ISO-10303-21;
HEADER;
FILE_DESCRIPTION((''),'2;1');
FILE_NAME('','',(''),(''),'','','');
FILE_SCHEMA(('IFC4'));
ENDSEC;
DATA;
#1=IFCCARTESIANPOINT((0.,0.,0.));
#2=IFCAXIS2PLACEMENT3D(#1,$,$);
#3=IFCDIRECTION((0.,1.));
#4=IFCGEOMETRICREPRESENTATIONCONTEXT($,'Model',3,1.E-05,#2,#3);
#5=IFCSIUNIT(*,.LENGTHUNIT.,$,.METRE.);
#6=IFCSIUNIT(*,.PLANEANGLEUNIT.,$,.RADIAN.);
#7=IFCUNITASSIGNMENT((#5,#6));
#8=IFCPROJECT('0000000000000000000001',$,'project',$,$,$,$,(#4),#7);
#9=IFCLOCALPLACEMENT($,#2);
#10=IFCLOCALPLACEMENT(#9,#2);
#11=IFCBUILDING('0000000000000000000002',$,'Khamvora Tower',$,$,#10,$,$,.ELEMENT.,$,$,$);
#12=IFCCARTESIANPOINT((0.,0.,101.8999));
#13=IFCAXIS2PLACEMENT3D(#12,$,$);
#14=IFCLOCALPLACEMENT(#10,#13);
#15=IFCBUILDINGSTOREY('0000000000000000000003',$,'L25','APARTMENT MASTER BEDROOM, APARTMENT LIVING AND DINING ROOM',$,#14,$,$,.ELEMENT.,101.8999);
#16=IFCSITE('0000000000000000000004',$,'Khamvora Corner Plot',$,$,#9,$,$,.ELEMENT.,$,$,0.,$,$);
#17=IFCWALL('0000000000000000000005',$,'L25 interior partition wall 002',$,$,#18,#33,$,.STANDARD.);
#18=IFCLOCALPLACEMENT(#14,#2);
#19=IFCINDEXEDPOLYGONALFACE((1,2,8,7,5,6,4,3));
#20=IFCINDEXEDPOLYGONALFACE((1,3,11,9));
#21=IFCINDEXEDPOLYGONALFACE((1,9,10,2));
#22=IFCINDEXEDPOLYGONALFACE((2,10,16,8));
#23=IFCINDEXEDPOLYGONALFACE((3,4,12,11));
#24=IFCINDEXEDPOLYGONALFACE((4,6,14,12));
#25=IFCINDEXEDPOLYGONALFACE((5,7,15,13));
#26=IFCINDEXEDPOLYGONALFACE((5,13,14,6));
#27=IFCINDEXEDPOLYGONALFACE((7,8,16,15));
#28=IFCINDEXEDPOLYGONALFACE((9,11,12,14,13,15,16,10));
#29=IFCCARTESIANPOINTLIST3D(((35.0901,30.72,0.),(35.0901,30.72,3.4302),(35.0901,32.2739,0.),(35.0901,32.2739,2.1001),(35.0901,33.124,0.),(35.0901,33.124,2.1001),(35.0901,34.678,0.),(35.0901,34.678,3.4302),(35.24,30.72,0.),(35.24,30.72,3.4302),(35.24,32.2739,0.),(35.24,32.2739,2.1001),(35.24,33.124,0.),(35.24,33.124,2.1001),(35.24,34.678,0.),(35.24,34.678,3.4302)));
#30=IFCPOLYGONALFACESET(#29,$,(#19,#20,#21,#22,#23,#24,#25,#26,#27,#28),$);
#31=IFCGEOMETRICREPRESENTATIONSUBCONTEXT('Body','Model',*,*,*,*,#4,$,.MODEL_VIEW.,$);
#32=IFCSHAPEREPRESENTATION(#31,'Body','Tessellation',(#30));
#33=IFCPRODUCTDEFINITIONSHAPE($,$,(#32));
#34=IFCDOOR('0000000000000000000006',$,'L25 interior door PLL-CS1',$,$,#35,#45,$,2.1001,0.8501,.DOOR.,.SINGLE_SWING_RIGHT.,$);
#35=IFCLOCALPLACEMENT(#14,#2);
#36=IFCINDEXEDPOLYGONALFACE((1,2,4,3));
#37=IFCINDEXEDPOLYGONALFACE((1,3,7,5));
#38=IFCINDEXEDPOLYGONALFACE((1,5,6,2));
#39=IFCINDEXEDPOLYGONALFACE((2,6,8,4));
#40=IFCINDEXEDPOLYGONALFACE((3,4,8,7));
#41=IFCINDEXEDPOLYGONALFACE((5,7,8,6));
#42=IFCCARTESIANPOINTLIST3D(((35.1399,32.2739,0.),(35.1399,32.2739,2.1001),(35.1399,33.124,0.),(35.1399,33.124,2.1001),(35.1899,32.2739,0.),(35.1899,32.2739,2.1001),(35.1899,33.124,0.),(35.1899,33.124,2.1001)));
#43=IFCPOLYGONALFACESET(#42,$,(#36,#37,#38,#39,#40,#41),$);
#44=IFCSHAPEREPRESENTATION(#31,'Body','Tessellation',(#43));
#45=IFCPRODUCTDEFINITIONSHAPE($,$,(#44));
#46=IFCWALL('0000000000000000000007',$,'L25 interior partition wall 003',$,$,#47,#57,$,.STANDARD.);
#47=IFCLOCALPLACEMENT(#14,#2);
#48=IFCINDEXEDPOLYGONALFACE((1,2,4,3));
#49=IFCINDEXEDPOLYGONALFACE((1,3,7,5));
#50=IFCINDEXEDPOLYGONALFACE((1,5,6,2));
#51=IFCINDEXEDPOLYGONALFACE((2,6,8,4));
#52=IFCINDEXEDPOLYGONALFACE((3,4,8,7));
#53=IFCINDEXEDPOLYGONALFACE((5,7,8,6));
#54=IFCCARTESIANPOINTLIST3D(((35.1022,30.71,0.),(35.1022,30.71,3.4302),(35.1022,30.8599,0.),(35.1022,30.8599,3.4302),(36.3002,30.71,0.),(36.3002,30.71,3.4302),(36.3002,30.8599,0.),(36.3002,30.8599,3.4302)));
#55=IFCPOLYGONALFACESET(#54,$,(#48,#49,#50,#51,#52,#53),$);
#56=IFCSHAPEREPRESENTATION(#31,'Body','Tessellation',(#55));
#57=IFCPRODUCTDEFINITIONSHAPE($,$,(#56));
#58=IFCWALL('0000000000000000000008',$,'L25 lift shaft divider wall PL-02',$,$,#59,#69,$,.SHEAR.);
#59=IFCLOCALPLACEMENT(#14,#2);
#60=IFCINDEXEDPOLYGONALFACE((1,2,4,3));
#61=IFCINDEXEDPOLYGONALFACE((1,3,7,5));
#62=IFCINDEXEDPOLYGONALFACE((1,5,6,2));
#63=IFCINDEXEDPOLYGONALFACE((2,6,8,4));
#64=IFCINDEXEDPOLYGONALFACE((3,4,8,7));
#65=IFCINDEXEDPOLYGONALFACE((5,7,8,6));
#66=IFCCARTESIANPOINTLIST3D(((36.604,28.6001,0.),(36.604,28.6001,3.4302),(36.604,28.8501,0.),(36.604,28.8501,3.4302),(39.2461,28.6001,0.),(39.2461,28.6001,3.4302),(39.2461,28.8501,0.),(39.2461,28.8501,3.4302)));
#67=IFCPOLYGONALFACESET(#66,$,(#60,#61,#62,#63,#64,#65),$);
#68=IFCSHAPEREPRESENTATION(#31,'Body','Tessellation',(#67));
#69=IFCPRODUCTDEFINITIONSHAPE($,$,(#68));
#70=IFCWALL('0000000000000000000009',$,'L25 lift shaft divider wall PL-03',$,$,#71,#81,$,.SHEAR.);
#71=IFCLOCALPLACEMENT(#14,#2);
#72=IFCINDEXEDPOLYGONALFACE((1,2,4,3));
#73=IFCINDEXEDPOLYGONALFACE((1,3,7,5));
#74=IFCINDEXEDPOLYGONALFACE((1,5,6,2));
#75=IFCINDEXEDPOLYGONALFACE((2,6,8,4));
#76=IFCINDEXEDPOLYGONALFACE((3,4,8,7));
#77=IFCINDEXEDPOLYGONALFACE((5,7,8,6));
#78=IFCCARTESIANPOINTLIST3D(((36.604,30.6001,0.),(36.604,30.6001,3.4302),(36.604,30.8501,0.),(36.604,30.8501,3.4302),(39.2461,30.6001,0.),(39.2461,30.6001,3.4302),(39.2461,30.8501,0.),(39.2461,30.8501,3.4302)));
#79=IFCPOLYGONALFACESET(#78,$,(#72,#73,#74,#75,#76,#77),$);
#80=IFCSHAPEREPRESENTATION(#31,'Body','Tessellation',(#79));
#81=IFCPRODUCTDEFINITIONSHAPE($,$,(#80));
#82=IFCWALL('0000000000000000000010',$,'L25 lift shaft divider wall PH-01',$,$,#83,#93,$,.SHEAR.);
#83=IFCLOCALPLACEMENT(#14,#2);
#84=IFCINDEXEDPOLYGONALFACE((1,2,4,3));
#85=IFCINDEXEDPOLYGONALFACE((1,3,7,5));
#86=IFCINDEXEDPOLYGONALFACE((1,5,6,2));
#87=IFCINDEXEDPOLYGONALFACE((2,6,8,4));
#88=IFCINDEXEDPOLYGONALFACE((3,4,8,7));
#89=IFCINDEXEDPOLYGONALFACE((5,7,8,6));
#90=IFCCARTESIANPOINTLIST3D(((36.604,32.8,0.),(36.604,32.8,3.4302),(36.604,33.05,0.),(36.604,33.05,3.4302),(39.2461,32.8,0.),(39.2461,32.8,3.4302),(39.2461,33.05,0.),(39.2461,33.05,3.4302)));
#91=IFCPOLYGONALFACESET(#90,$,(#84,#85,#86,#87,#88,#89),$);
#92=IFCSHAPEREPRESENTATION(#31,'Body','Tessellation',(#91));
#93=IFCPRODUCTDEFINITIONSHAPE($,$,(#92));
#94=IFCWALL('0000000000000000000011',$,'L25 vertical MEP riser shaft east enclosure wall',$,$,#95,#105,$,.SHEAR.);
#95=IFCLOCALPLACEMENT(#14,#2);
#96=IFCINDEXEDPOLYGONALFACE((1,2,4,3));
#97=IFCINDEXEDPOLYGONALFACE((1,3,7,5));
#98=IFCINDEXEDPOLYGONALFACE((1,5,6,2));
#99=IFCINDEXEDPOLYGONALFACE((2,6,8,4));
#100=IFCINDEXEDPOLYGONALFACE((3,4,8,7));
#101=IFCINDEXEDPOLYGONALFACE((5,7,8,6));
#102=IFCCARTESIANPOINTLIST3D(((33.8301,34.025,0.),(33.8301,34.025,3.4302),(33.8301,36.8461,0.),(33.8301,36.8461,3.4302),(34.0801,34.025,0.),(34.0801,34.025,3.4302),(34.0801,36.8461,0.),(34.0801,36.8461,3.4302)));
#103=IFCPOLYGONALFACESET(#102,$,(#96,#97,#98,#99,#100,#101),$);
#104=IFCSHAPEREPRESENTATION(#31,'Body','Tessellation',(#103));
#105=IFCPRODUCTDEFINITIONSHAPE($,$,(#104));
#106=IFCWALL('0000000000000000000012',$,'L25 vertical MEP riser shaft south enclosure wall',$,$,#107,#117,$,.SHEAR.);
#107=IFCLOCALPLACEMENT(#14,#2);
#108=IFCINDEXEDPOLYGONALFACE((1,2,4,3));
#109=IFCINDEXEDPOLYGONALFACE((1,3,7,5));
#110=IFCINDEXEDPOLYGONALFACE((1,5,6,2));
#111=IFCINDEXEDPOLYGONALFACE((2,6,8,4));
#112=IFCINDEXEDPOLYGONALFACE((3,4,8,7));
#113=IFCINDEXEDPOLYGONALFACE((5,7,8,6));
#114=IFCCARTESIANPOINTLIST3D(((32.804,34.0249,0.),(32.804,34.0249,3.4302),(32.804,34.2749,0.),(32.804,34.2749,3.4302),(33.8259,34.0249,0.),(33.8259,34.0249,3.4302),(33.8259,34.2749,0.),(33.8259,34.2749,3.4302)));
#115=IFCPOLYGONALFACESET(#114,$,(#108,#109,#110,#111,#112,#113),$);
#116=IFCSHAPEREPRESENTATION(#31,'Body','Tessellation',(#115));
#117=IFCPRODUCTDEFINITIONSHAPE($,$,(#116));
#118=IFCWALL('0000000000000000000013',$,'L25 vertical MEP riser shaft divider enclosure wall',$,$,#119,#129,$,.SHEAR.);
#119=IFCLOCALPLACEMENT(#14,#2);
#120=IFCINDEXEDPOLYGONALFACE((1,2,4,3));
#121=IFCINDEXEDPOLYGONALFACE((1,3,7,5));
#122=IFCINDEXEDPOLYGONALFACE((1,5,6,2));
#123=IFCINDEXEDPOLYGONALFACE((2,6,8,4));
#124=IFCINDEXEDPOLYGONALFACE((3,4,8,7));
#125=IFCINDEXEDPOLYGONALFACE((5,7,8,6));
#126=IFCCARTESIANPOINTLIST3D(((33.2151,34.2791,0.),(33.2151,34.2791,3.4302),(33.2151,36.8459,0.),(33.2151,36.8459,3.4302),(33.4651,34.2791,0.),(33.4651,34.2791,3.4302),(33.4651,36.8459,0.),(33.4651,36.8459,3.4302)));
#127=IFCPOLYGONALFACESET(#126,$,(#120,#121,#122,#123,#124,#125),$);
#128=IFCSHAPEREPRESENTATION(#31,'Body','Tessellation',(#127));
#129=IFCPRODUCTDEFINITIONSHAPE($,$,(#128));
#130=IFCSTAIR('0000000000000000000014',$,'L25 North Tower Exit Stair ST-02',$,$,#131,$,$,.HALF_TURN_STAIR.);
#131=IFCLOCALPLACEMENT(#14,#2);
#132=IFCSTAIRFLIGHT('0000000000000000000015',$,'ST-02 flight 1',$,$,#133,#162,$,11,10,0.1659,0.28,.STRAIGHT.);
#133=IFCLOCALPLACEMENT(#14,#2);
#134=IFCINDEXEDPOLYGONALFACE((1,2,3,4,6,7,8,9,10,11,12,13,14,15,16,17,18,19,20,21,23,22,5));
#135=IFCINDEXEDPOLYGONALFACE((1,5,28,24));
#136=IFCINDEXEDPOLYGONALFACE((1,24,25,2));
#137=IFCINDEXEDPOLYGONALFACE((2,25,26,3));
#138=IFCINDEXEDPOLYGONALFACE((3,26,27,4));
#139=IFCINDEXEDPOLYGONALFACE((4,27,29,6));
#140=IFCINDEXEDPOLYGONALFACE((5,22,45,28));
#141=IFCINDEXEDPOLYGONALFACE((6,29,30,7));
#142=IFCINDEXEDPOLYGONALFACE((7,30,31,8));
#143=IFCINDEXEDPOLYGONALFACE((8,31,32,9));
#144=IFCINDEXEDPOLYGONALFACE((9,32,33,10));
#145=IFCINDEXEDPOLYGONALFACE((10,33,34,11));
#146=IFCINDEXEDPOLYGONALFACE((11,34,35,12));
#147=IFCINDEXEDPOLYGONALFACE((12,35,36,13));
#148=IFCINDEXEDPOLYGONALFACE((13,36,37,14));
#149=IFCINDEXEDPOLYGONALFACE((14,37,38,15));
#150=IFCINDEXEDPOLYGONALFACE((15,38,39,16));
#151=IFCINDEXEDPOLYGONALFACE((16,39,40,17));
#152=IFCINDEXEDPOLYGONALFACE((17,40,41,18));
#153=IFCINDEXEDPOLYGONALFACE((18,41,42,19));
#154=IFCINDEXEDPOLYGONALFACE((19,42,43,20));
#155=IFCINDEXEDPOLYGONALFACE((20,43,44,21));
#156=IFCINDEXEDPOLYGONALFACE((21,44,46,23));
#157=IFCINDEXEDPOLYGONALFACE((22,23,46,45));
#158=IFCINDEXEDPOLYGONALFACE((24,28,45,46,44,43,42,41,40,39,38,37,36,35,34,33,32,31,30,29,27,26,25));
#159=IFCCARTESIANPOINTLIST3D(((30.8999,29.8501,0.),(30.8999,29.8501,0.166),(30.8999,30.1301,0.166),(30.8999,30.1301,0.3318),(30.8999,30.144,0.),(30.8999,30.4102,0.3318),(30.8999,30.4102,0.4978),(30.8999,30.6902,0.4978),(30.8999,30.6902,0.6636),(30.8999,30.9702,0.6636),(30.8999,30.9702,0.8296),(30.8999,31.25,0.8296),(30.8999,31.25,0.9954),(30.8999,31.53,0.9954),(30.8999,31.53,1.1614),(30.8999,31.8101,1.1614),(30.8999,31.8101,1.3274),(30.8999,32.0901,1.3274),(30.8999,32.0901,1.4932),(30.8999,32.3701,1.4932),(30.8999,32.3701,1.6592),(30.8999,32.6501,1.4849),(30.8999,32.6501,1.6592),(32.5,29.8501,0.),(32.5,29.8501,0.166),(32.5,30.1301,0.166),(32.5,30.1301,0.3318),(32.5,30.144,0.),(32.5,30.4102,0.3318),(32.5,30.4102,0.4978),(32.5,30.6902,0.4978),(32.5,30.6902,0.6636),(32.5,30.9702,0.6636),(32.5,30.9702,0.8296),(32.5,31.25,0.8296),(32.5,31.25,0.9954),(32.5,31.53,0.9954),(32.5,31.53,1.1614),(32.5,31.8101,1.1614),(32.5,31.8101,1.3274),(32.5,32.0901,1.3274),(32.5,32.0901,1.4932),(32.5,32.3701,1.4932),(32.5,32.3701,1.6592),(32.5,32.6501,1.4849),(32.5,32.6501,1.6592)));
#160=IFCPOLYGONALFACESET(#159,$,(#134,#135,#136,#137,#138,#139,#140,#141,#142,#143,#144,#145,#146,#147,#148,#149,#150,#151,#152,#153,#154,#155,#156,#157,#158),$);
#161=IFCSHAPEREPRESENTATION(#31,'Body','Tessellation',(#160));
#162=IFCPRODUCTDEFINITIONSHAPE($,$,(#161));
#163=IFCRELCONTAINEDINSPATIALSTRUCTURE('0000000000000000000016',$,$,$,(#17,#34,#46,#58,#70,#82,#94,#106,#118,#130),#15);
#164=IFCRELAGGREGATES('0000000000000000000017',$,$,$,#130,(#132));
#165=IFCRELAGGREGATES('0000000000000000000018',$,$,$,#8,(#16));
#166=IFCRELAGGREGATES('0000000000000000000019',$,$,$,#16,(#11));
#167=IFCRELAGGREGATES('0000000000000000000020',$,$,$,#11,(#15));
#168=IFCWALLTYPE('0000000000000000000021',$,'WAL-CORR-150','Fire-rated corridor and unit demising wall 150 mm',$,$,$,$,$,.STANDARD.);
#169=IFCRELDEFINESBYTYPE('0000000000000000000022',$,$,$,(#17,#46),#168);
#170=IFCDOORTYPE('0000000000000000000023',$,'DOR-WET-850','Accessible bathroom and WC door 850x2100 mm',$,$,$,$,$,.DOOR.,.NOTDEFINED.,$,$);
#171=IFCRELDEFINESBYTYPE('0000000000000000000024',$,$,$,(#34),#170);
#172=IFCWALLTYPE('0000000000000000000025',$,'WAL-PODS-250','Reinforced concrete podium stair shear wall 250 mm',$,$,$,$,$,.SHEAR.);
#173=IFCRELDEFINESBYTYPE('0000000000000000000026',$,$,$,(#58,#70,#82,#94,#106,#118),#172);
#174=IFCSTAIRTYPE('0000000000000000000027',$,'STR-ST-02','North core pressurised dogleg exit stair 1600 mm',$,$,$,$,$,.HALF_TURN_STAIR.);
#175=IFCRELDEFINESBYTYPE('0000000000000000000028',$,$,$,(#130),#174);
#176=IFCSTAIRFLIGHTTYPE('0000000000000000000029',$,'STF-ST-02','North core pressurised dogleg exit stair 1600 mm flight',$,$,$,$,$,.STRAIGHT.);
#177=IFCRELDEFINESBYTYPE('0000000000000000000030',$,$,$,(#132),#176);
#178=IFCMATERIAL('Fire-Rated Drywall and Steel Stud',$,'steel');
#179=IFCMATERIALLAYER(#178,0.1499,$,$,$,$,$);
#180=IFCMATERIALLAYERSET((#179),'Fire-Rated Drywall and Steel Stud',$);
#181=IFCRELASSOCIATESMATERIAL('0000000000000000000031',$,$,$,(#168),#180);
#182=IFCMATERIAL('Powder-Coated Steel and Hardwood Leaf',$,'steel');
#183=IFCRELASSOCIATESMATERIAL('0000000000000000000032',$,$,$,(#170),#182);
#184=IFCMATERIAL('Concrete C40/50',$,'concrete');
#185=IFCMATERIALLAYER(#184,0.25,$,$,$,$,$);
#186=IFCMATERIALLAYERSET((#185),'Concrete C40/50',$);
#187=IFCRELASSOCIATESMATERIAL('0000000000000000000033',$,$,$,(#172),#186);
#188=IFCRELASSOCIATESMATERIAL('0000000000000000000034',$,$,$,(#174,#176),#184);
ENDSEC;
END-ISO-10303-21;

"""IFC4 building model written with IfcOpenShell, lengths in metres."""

from ifc_helpers import new_model, si_unit, direction, frame, frame_2d, origin, place, context, subcontext, project, spatial, polyline, rectangle, outline, extrude, material, layer, layer_set, type_object, element, fill, aggregate, save


model = new_model("IFC4")

# Units and contexts
model_context = context("Model", 3, precision=1e-05, world=origin(), true_north=direction((0.0, 1.0)))
body_context = subcontext(model_context, "Body", "Model", "MODEL_VIEW")
ifc_project = project(units=[si_unit("LENGTHUNIT", "METRE"), si_unit("PLANEANGLEUNIT", "RADIAN")], contexts=[model_context])

# Site, building, storey
site_placement = place(None, origin())
site = spatial("IfcSite", under=ifc_project, at=site_placement, Name="Khamvora Corner Plot", CompositionType="ELEMENT", RefElevation=0.0)
building_placement = place(site_placement, origin())
building = spatial("IfcBuilding", under=site, at=building_placement, Name="Khamvora Tower", CompositionType="ELEMENT")
storey_placement = place(building_placement, frame((0.0, 0.0, 101.8999)))
storey = spatial("IfcBuildingStorey", under=building, at=storey_placement, Name="L25", Description="APARTMENT MASTER BEDROOM, APARTMENT LIVING AND DINING ROOM", CompositionType="ELEMENT", Elevation=101.8999)

# Shared definitions
ifc_material_1 = material(Name="Powder-Coated Steel and Hardwood Leaf", Category="steel")

# Shared definitions
ifc_material_2 = material(Name="Fire-Rated Drywall and Steel Stud", Category="steel")
ifc_layer_1 = layer(ifc_material_2, 0.1499)
ifc_layer_set_1 = layer_set([ifc_layer_1], Name="Fire-Rated Drywall and Steel Stud")
wall_type_1 = type_object("IfcWallType", Name="WAL-CORR-150", Description="Fire-rated corridor and unit demising wall 150 mm", PredefinedType="STANDARD", material=ifc_layer_set_1)

# Wall, opening, door
wall_1_placement = place(storey_placement, frame((35.165, 34.678, 0.0), z_axis=(0.0, 0.0, 1.0), x_axis=(0.0, -1.0, 0.0)))
wall_1 = element("IfcWall", 1, at=wall_1_placement, inside=storey, type_object=wall_type_1, Name="L25 interior partition wall 002", PredefinedType="STANDARD", context=body_context, shape_type="SweptSolid", body=[
    extrude(rectangle(XDim=3.958, YDim=0.1499, at=frame_2d((1.979, 0.0))), origin(), (0.0, 0.0, 1.0), 3.4302),
])
opening_1_placement = place(wall_1_placement, frame((1.554, 0.0, 0.0)))
opening_1 = element("IfcOpeningElement", 2, at=opening_1_placement, cuts=wall_1, PredefinedType="OPENING", context=body_context, shape_type="SweptSolid", body=[
    extrude(rectangle(XDim=0.8501, YDim=2.1001, at=frame_2d((0.425, 1.05))), frame((0.0, 0.085, 0.0), z_axis=(0.0, -1.0, 0.0), x_axis=(1.0, 0.0, 0.0)), (0.0, 0.0, 1.0), 0.1699),
])
door_type_1 = type_object("IfcDoorType", Name="DOR-WET-850", Description="Accessible bathroom and WC door 850x2100 mm", OperationType="NOTDEFINED", PredefinedType="DOOR", material=ifc_material_1)
door_1_placement = place(opening_1_placement, origin())
door_1 = element("IfcDoor", 3, at=door_1_placement, inside=storey, type_object=door_type_1, Name="L25 interior door PLL-CS1", OperationType="SINGLE_SWING_RIGHT", OverallHeight=2.1001, OverallWidth=0.8501, PredefinedType="DOOR", context=body_context, shape_type="SweptSolid", body=[
    extrude(rectangle(XDim=0.8501, YDim=2.1001, at=frame_2d((0.425, 1.05))), frame((0.0, 0.0249, 0.0), z_axis=(0.0, -1.0, 0.0), x_axis=(1.0, 0.0, 0.0)), (0.0, 0.0, 1.0), 0.05),
])
fill(opening_1, door_1)

# Walls
wall_2_placement = place(storey_placement, frame((35.1021, 30.7849, 0.0), z_axis=(0.0, 0.0, 1.0), x_axis=(1.0, 0.0, 0.0)))
element("IfcWall", 4, at=wall_2_placement, inside=storey, type_object=wall_type_1, Name="L25 interior partition wall 003", PredefinedType="STANDARD", context=body_context, shape_type="SweptSolid", body=[
    extrude(rectangle(XDim=1.198, YDim=0.1499, at=frame_2d((0.5991, 0.0))), origin(), (0.0, 0.0, 1.0), 3.4302),
])
ifc_material_3 = material(Name="Concrete C40/50", Category="concrete")
ifc_layer_2 = layer(ifc_material_3, 0.25)
ifc_layer_set_2 = layer_set([ifc_layer_2], Name="Concrete C40/50")
wall_type_2 = type_object("IfcWallType", Name="WAL-PODS-250", Description="Reinforced concrete podium stair shear wall 250 mm", PredefinedType="SHEAR", material=ifc_layer_set_2)
for number, where, z_axis, x_axis, name in (
    (5, (36.604, 28.7251, 0.0), (0.0, 0.0, 1.0), (1.0, 0.0, 0.0), "L25 lift shaft divider wall PL-02"),
    (6, (36.604, 30.7251, 0.0), (0.0, 0.0, 1.0), (1.0, 0.0, 0.0), "L25 lift shaft divider wall PL-03"),
    (7, (36.604, 32.925, 0.0), (0.0, 0.0, 1.0), (1.0, 0.0, 0.0), "L25 lift shaft divider wall PH-01"),
):
    element("IfcWall", number, at=place(storey_placement, frame(where, z_axis=z_axis, x_axis=x_axis)), inside=storey, type_object=wall_type_2, Name=name, PredefinedType="SHEAR", context=body_context, shape_type="SweptSolid", body=[
        extrude(rectangle(XDim=2.6421, YDim=0.25, at=frame_2d((1.321, 0.0))), origin(), (0.0, 0.0, 1.0), 3.4302),
    ])
wall_3_placement = place(storey_placement, frame((33.9551, 34.0249, 0.0), z_axis=(0.0, 0.0, 1.0), x_axis=(0.0, 1.0, 0.0)))
element("IfcWall", 8, at=wall_3_placement, inside=storey, type_object=wall_type_2, Name="L25 vertical MEP riser shaft east enclosure wall", PredefinedType="SHEAR", context=body_context, shape_type="SweptSolid", body=[
    extrude(rectangle(XDim=2.821, YDim=0.25, at=frame_2d((1.4106, 0.0))), origin(), (0.0, 0.0, 1.0), 3.4302),
])
wall_4_placement = place(storey_placement, frame((32.804, 34.1499, 0.0), z_axis=(0.0, 0.0, 1.0), x_axis=(1.0, 0.0, 0.0)))
element("IfcWall", 9, at=wall_4_placement, inside=storey, type_object=wall_type_2, Name="L25 vertical MEP riser shaft south enclosure wall", PredefinedType="SHEAR", context=body_context, shape_type="SweptSolid", body=[
    extrude(rectangle(XDim=1.022, YDim=0.25, at=frame_2d((0.511, 0.0))), origin(), (0.0, 0.0, 1.0), 3.4302),
])
wall_5_placement = place(storey_placement, frame((33.3401, 34.2791, 0.0), z_axis=(0.0, 0.0, 1.0), x_axis=(0.0, 1.0, 0.0)))
element("IfcWall", 10, at=wall_5_placement, inside=storey, type_object=wall_type_2, Name="L25 vertical MEP riser shaft divider enclosure wall", PredefinedType="SHEAR", context=body_context, shape_type="SweptSolid", body=[
    extrude(rectangle(XDim=2.5669, YDim=0.25, at=frame_2d((1.2834, 0.0))), origin(), (0.0, 0.0, 1.0), 3.4302),
])

# Stair, stair flight
stair_type = type_object("IfcStairType", Name="STR-ST-02", Description="North core pressurised dogleg exit stair 1600 mm", PredefinedType="HALF_TURN_STAIR", material=ifc_material_3)
stair_placement = place(storey_placement, origin())
stair = element("IfcStair", 11, at=stair_placement, inside=storey, type_object=stair_type, Name="L25 North Tower Exit Stair ST-02", PredefinedType="HALF_TURN_STAIR")
stair_flight_type = type_object("IfcStairFlightType", Name="STF-ST-02", Description="North core pressurised dogleg exit stair 1600 mm flight", PredefinedType="STRAIGHT", material=ifc_material_3)
stair_flight_placement = place(storey_placement, frame((31.7, 29.8501, 0.0), z_axis=(0.0, 0.0, 1.0), x_axis=(0.0, 1.0, 0.0)))
stair_flight = element("IfcStairFlight", 12, at=stair_flight_placement, type_object=stair_flight_type, Name="ST-02 flight 1", NumberOfRisers=11, NumberOfTreads=10, PredefinedType="STRAIGHT", RiserHeight=0.1659, TreadLength=0.28, context=body_context, shape_type="SweptSolid", body=[
    extrude(outline(polyline([(0.0, 0.0), (0.0, 0.166), (0.28, 0.166), (0.28, 0.3318), (0.5601, 0.3318), (0.5601, 0.4978), (0.8401, 0.4978), (0.8401, 0.6636), (1.1201, 0.6636), (1.1201, 0.8296), (1.3999, 0.8296), (1.3999, 0.9954), (1.6799, 0.9954), (1.6799, 1.1614), (1.96, 1.1614), (1.96, 1.3274), (2.24, 1.3274), (2.24, 1.4932), (2.52, 1.4932), (2.52, 1.6592), (2.8, 1.6592), (2.8, 1.825), (2.8, 1.4849), (0.2939, 0.0), (0.0, 0.0)])), frame((0.0, 0.8, 0.0), z_axis=(0.0, -1.0, 0.0), x_axis=(1.0, 0.0, 0.0)), (0.0, 0.0, 1.0), 1.6001),
])
aggregate(stair, [stair_flight])

save(model, "model.ifc")
